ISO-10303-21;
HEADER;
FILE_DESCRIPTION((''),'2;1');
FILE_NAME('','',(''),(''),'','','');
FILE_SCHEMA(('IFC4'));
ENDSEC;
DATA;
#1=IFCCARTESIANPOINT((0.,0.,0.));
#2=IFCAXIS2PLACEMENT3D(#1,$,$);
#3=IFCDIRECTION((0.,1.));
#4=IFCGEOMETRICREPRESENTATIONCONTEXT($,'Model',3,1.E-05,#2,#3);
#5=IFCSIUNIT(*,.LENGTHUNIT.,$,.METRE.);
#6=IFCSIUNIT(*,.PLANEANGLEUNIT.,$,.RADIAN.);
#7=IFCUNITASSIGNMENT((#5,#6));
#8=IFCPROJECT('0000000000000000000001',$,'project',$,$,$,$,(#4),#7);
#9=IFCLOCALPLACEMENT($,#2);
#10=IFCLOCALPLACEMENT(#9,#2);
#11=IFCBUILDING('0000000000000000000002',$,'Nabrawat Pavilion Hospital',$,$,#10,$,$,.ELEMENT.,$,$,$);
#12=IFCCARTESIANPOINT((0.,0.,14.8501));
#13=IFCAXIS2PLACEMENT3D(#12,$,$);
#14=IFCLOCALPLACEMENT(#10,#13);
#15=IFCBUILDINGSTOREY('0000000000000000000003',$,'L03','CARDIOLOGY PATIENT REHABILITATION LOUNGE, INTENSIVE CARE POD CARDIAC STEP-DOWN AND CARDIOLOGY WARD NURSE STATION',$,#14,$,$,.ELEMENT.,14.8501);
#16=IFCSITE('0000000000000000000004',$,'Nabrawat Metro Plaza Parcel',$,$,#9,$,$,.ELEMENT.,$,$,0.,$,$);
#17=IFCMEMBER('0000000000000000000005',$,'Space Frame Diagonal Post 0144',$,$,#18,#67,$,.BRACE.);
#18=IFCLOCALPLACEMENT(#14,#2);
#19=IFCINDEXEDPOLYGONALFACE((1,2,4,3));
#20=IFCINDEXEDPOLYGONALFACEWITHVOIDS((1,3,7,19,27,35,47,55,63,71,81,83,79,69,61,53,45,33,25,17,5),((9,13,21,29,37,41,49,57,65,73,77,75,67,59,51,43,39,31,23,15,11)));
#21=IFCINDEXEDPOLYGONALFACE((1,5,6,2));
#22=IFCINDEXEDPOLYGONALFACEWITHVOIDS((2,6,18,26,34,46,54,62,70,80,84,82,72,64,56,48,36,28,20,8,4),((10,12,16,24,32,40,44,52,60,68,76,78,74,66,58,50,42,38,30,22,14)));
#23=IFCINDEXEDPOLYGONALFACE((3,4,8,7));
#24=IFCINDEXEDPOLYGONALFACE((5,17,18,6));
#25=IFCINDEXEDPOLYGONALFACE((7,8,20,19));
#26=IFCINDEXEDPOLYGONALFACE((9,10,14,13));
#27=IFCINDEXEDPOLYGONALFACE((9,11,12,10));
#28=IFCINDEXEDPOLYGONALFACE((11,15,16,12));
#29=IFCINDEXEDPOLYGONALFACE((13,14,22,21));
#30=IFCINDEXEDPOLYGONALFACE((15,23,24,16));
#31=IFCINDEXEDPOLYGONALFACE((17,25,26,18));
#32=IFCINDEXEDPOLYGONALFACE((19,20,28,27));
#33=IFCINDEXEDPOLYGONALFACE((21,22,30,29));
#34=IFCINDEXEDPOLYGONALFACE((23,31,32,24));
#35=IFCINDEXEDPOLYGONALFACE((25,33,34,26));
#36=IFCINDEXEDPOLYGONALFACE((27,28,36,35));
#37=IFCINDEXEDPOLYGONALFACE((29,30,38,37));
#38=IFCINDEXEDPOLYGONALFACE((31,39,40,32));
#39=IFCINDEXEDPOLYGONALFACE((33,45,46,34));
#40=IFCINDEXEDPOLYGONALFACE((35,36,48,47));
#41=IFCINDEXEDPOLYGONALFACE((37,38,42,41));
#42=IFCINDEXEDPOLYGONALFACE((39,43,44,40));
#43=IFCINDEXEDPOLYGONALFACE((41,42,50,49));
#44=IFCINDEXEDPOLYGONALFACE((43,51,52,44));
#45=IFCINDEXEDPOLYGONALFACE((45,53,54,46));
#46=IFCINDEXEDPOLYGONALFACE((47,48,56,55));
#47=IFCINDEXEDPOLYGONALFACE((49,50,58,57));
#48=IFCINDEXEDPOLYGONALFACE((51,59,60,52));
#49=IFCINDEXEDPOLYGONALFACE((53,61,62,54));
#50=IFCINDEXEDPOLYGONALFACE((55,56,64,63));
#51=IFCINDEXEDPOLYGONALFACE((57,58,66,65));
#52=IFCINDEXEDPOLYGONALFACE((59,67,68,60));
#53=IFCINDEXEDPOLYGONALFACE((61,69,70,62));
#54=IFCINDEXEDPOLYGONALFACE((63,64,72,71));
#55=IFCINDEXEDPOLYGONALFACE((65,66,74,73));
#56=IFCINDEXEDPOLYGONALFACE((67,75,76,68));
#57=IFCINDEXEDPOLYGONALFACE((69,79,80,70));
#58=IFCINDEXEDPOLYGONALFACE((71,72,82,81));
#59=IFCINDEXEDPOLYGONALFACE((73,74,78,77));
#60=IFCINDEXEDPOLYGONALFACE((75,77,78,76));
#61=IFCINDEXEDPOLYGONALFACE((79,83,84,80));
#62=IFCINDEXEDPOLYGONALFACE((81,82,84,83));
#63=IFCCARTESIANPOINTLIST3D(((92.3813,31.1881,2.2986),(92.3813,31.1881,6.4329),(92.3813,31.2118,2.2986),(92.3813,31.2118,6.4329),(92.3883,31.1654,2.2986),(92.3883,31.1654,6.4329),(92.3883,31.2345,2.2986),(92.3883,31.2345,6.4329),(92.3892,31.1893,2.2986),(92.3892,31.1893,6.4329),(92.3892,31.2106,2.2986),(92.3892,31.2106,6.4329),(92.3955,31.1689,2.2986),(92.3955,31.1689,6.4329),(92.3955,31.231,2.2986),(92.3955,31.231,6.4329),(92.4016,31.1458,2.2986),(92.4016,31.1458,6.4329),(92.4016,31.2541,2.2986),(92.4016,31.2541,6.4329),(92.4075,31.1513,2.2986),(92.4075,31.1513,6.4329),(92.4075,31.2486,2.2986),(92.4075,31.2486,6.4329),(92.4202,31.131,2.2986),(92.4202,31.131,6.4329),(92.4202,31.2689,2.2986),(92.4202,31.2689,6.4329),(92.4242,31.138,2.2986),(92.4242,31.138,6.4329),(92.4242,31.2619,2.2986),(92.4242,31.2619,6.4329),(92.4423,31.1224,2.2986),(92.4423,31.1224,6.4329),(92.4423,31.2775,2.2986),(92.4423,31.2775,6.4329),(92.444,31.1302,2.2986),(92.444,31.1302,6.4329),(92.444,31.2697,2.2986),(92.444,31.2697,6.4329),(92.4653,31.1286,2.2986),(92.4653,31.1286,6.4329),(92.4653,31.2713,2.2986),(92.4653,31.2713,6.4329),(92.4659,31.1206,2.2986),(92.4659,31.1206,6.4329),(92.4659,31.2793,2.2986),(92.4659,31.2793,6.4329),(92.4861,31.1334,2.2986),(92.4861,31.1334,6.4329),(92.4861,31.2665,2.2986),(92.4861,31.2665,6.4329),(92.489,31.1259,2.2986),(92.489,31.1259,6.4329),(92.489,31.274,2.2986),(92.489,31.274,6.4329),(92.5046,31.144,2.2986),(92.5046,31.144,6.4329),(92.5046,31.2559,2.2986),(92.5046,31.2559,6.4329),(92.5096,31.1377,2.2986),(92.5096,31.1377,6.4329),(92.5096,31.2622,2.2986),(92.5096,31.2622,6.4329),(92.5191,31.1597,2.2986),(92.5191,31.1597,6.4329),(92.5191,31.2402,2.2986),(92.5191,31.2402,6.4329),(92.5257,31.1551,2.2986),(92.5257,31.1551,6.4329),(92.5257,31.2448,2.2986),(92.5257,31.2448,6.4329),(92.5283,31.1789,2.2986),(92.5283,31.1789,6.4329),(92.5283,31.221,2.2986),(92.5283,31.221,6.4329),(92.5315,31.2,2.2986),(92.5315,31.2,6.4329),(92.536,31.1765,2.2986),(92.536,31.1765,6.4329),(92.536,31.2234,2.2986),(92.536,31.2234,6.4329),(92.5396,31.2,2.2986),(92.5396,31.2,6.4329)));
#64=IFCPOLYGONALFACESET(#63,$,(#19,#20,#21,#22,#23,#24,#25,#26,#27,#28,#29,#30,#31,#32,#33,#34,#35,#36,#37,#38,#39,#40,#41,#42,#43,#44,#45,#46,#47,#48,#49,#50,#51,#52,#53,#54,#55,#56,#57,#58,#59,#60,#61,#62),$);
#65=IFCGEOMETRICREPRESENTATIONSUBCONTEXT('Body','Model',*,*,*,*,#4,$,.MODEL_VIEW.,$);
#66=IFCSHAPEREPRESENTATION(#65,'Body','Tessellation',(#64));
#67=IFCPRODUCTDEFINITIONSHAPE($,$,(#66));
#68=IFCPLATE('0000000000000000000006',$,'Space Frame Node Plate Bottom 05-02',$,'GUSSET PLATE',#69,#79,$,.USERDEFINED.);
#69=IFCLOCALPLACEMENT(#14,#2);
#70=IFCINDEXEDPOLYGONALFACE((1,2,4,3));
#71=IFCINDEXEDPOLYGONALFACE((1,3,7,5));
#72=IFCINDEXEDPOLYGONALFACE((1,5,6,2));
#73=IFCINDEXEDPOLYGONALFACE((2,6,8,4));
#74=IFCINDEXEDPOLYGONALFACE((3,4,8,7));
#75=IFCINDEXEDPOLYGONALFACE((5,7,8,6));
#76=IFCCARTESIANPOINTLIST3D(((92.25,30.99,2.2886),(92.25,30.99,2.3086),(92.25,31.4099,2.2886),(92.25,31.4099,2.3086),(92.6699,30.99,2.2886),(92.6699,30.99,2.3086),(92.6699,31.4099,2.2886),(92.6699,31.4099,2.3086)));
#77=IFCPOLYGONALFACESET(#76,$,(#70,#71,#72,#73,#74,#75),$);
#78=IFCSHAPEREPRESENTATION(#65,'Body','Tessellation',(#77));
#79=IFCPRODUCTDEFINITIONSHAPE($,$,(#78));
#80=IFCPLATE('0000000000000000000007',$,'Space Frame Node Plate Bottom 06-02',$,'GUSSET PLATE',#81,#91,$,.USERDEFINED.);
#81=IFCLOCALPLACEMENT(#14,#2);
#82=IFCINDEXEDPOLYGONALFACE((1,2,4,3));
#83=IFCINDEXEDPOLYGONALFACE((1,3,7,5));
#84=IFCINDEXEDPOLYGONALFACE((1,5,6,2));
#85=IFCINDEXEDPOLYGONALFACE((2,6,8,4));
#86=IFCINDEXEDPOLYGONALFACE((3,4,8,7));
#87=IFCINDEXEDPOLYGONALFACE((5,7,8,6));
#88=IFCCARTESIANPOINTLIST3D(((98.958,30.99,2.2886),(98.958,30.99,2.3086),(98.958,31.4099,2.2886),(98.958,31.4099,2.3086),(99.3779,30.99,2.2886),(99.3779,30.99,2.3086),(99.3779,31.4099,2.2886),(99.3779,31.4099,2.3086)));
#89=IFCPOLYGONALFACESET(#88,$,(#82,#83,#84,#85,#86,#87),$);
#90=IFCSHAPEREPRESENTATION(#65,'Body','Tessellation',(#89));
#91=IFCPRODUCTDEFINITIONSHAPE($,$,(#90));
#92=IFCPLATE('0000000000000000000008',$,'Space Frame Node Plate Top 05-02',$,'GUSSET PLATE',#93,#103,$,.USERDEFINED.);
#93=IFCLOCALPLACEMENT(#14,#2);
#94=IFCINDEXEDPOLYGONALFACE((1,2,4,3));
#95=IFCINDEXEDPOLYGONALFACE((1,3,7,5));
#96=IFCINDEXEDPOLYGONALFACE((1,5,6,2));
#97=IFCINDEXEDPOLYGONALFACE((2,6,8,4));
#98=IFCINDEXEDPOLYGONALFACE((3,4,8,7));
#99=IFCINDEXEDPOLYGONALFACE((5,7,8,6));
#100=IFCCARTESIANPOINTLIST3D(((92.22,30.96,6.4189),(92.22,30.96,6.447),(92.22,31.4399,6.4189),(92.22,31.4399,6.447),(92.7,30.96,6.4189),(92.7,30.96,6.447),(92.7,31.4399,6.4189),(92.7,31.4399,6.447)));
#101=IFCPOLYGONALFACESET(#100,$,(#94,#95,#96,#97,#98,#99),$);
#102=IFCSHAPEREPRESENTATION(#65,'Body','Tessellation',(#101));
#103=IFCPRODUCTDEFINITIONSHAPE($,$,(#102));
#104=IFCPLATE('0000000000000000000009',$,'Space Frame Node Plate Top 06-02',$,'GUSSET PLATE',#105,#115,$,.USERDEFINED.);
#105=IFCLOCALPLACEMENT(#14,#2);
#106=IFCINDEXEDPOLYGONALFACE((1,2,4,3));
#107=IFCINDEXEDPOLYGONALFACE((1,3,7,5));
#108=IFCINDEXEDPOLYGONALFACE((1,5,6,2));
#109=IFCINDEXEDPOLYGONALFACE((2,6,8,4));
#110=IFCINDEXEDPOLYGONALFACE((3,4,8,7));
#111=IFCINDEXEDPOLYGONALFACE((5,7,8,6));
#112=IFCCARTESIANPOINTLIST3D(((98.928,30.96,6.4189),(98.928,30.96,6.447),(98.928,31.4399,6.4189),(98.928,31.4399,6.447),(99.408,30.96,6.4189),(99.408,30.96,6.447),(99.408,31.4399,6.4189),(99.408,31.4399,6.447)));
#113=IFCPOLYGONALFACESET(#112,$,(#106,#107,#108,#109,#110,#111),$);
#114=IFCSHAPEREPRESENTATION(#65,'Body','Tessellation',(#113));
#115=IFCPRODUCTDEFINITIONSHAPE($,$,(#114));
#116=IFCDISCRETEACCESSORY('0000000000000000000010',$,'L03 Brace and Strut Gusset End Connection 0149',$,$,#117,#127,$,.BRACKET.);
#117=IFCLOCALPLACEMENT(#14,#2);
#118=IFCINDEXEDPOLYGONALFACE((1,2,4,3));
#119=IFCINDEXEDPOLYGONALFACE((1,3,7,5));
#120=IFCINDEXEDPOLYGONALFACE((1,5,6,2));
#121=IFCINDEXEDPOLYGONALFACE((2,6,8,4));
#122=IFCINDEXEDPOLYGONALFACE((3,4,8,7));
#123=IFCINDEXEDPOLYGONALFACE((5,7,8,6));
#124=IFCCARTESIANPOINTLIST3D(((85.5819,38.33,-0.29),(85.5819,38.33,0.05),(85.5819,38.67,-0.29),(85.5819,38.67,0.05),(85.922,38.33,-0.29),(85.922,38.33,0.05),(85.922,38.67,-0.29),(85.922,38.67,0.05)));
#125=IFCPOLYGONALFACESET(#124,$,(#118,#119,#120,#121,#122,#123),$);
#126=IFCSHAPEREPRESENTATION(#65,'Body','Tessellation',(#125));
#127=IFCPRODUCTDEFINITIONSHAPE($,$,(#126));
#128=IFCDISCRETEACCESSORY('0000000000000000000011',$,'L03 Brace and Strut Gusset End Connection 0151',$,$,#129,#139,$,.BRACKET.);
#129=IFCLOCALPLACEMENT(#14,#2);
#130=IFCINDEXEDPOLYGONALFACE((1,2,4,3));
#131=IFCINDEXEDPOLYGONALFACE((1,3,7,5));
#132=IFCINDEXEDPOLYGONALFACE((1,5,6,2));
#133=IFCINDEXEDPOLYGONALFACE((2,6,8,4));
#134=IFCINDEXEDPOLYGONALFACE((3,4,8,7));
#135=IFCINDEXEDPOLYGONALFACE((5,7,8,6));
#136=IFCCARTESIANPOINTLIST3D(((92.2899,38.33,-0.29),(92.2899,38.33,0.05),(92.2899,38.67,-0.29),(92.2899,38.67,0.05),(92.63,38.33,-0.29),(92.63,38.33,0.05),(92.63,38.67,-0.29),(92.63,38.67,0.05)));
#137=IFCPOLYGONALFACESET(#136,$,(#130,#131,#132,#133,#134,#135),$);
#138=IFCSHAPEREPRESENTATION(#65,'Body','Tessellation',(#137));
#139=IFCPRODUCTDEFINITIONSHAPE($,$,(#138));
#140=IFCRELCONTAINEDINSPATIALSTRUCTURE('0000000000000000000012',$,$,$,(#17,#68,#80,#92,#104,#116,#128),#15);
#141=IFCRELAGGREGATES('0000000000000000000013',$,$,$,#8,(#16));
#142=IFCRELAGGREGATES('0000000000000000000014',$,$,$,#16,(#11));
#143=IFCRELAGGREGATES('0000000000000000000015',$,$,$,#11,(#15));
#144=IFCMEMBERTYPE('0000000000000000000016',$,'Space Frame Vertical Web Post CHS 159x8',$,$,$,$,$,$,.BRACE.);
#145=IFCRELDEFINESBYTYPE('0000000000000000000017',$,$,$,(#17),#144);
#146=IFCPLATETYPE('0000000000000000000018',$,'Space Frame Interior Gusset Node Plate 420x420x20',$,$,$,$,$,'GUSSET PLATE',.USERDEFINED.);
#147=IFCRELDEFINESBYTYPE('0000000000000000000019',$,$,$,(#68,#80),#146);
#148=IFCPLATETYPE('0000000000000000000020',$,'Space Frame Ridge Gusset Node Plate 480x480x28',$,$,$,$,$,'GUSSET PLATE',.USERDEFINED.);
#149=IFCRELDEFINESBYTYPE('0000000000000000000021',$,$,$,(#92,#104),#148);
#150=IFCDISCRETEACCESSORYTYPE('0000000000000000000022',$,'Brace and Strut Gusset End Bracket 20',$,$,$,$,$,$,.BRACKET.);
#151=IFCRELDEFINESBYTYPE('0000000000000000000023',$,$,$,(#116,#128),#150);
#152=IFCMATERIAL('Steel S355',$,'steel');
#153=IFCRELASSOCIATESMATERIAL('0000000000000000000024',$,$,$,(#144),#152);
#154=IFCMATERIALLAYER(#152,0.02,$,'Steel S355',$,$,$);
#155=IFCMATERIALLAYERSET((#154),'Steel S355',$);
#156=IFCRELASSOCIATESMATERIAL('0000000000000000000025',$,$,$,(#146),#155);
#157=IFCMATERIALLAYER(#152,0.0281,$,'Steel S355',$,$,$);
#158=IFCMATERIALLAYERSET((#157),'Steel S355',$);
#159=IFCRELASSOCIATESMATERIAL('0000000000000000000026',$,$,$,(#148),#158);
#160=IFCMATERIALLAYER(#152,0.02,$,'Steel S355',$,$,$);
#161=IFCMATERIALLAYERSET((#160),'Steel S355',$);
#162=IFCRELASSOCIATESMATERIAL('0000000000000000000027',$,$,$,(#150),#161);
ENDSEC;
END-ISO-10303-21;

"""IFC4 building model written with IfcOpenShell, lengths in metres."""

from ifc_helpers import new_model, si_unit, direction, frame, origin, origin_2d, place, context, subcontext, project, spatial, rectangle, hollow_circle, extrude, material, layer, layer_set, material_profile, profile_set, type_object, element, save


model = new_model("IFC4")

# Units and contexts
model_context = context("Model", 3, precision=1e-05, world=origin(), true_north=direction((0.0, 1.0)))
body_context = subcontext(model_context, "Body", "Model", "MODEL_VIEW")
ifc_project = project(units=[si_unit("LENGTHUNIT", "METRE"), si_unit("PLANEANGLEUNIT", "RADIAN")], contexts=[model_context])

# Site, building, storey
site_placement = place(None, origin())
site = spatial("IfcSite", under=ifc_project, at=site_placement, Name="Nabrawat Metro Plaza Parcel", CompositionType="ELEMENT", RefElevation=0.0)
building_placement = place(site_placement, origin())
building = spatial("IfcBuilding", under=site, at=building_placement, Name="Nabrawat Pavilion Hospital", CompositionType="ELEMENT")
storey_placement = place(building_placement, frame((0.0, 0.0, 14.8501)))
storey = spatial("IfcBuildingStorey", under=building, at=storey_placement, Name="L03", Description="CARDIOLOGY PATIENT REHABILITATION LOUNGE, INTENSIVE CARE POD CARDIAC STEP-DOWN AND CARDIOLOGY WARD NURSE STATION", CompositionType="ELEMENT", Elevation=14.8501)

# Member
ifc_material = material(Name="Steel S355", Category="steel")
ifc_material_profile_1 = material_profile(ifc_material, hollow_circle(Radius=0.0796, WallThickness=0.0081, at=origin_2d()), Name="CHS 159x8")
ifc_profile_set_1 = profile_set([ifc_material_profile_1], Name="Steel S355")
member_type_1 = type_object("IfcMemberType", Name="Space Frame Vertical Web Post CHS 159x8", PredefinedType="BRACE", material=ifc_profile_set_1)
for number, where, z_axis, x_axis, name in (
    (1, (92.46, 31.2, 2.2986), (0.0, 0.0, 1.0), (1.0, 0.0, 0.0), "Space Frame Diagonal Post 0144"),
):
    element("IfcMember", number, at=place(storey_placement, frame(where, z_axis=z_axis, x_axis=x_axis)), inside=storey, type_object=member_type_1, Name=name, PredefinedType="BRACE", context=body_context, shape_type="SweptSolid", body=[
        extrude(hollow_circle(Radius=0.0796, WallThickness=0.0081, at=origin_2d()), origin(), (0.0, 0.0, 1.0), 4.1343),
    ])

# Plates
ifc_layer_1 = layer(ifc_material, 0.02, Name="Steel S355")
ifc_layer_set_1 = layer_set([ifc_layer_1], Name="Steel S355")
plate_type_1 = type_object("IfcPlateType", Name="Space Frame Interior Gusset Node Plate 420x420x20", ElementType="GUSSET PLATE", PredefinedType="USERDEFINED", material=ifc_layer_set_1)
for number, where, z_axis, x_axis, name in (
    (2, (92.46, 31.2, 2.2886), (0.0, 0.0, 1.0), (1.0, 0.0, 0.0), "Space Frame Node Plate Bottom 05-02"),
    (3, (99.168, 31.2, 2.2886), (0.0, 0.0, 1.0), (1.0, 0.0, 0.0), "Space Frame Node Plate Bottom 06-02"),
):
    element("IfcPlate", number, at=place(storey_placement, frame(where, z_axis=z_axis, x_axis=x_axis)), inside=storey, type_object=plate_type_1, Name=name, ObjectType="GUSSET PLATE", PredefinedType="USERDEFINED", context=body_context, shape_type="SweptSolid", body=[
        extrude(rectangle(XDim=0.4199, YDim=0.4199, at=origin_2d()), origin(), (0.0, 0.0, 1.0), 0.02),
    ])
ifc_layer_2 = layer(ifc_material, 0.0281, Name="Steel S355")
ifc_layer_set_2 = layer_set([ifc_layer_2], Name="Steel S355")
plate_type_2 = type_object("IfcPlateType", Name="Space Frame Ridge Gusset Node Plate 480x480x28", ElementType="GUSSET PLATE", PredefinedType="USERDEFINED", material=ifc_layer_set_2)
for number, where, z_axis, x_axis, name in (
    (4, (92.46, 31.2, 6.4189), (0.0, 0.0, 1.0), (1.0, 0.0, 0.0), "Space Frame Node Plate Top 05-02"),
    (5, (99.168, 31.2, 6.4189), (0.0, 0.0, 1.0), (1.0, 0.0, 0.0), "Space Frame Node Plate Top 06-02"),
):
    element("IfcPlate", number, at=place(storey_placement, frame(where, z_axis=z_axis, x_axis=x_axis)), inside=storey, type_object=plate_type_2, Name=name, ObjectType="GUSSET PLATE", PredefinedType="USERDEFINED", context=body_context, shape_type="SweptSolid", body=[
        extrude(rectangle(XDim=0.48, YDim=0.48, at=origin_2d()), origin(), (0.0, 0.0, 1.0), 0.0281),
    ])

# Discrete accessories
ifc_layer_3 = layer(ifc_material, 0.02, Name="Steel S355")
ifc_layer_set_3 = layer_set([ifc_layer_3], Name="Steel S355")
discrete_accessory_type = type_object("IfcDiscreteAccessoryType", Name="Brace and Strut Gusset End Bracket 20", PredefinedType="BRACKET", material=ifc_layer_set_3)
for number, where, z_axis, x_axis, name in (
    (6, (85.752, 38.5, -0.29), (0.0, 0.0, 1.0), (1.0, 0.0, 0.0), "L03 Brace and Strut Gusset End Connection 0149"),
    (7, (92.46, 38.5, -0.29), (0.0, 0.0, 1.0), (1.0, 0.0, 0.0), "L03 Brace and Strut Gusset End Connection 0151"),
):
    element("IfcDiscreteAccessory", number, at=place(storey_placement, frame(where, z_axis=z_axis, x_axis=x_axis)), inside=storey, type_object=discrete_accessory_type, Name=name, PredefinedType="BRACKET", context=body_context, shape_type="SweptSolid", body=[
        extrude(rectangle(XDim=0.3401, YDim=0.3401, at=origin_2d()), origin(), (0.0, 0.0, 1.0), 0.3401),
    ])

save(model, "model.ifc")
